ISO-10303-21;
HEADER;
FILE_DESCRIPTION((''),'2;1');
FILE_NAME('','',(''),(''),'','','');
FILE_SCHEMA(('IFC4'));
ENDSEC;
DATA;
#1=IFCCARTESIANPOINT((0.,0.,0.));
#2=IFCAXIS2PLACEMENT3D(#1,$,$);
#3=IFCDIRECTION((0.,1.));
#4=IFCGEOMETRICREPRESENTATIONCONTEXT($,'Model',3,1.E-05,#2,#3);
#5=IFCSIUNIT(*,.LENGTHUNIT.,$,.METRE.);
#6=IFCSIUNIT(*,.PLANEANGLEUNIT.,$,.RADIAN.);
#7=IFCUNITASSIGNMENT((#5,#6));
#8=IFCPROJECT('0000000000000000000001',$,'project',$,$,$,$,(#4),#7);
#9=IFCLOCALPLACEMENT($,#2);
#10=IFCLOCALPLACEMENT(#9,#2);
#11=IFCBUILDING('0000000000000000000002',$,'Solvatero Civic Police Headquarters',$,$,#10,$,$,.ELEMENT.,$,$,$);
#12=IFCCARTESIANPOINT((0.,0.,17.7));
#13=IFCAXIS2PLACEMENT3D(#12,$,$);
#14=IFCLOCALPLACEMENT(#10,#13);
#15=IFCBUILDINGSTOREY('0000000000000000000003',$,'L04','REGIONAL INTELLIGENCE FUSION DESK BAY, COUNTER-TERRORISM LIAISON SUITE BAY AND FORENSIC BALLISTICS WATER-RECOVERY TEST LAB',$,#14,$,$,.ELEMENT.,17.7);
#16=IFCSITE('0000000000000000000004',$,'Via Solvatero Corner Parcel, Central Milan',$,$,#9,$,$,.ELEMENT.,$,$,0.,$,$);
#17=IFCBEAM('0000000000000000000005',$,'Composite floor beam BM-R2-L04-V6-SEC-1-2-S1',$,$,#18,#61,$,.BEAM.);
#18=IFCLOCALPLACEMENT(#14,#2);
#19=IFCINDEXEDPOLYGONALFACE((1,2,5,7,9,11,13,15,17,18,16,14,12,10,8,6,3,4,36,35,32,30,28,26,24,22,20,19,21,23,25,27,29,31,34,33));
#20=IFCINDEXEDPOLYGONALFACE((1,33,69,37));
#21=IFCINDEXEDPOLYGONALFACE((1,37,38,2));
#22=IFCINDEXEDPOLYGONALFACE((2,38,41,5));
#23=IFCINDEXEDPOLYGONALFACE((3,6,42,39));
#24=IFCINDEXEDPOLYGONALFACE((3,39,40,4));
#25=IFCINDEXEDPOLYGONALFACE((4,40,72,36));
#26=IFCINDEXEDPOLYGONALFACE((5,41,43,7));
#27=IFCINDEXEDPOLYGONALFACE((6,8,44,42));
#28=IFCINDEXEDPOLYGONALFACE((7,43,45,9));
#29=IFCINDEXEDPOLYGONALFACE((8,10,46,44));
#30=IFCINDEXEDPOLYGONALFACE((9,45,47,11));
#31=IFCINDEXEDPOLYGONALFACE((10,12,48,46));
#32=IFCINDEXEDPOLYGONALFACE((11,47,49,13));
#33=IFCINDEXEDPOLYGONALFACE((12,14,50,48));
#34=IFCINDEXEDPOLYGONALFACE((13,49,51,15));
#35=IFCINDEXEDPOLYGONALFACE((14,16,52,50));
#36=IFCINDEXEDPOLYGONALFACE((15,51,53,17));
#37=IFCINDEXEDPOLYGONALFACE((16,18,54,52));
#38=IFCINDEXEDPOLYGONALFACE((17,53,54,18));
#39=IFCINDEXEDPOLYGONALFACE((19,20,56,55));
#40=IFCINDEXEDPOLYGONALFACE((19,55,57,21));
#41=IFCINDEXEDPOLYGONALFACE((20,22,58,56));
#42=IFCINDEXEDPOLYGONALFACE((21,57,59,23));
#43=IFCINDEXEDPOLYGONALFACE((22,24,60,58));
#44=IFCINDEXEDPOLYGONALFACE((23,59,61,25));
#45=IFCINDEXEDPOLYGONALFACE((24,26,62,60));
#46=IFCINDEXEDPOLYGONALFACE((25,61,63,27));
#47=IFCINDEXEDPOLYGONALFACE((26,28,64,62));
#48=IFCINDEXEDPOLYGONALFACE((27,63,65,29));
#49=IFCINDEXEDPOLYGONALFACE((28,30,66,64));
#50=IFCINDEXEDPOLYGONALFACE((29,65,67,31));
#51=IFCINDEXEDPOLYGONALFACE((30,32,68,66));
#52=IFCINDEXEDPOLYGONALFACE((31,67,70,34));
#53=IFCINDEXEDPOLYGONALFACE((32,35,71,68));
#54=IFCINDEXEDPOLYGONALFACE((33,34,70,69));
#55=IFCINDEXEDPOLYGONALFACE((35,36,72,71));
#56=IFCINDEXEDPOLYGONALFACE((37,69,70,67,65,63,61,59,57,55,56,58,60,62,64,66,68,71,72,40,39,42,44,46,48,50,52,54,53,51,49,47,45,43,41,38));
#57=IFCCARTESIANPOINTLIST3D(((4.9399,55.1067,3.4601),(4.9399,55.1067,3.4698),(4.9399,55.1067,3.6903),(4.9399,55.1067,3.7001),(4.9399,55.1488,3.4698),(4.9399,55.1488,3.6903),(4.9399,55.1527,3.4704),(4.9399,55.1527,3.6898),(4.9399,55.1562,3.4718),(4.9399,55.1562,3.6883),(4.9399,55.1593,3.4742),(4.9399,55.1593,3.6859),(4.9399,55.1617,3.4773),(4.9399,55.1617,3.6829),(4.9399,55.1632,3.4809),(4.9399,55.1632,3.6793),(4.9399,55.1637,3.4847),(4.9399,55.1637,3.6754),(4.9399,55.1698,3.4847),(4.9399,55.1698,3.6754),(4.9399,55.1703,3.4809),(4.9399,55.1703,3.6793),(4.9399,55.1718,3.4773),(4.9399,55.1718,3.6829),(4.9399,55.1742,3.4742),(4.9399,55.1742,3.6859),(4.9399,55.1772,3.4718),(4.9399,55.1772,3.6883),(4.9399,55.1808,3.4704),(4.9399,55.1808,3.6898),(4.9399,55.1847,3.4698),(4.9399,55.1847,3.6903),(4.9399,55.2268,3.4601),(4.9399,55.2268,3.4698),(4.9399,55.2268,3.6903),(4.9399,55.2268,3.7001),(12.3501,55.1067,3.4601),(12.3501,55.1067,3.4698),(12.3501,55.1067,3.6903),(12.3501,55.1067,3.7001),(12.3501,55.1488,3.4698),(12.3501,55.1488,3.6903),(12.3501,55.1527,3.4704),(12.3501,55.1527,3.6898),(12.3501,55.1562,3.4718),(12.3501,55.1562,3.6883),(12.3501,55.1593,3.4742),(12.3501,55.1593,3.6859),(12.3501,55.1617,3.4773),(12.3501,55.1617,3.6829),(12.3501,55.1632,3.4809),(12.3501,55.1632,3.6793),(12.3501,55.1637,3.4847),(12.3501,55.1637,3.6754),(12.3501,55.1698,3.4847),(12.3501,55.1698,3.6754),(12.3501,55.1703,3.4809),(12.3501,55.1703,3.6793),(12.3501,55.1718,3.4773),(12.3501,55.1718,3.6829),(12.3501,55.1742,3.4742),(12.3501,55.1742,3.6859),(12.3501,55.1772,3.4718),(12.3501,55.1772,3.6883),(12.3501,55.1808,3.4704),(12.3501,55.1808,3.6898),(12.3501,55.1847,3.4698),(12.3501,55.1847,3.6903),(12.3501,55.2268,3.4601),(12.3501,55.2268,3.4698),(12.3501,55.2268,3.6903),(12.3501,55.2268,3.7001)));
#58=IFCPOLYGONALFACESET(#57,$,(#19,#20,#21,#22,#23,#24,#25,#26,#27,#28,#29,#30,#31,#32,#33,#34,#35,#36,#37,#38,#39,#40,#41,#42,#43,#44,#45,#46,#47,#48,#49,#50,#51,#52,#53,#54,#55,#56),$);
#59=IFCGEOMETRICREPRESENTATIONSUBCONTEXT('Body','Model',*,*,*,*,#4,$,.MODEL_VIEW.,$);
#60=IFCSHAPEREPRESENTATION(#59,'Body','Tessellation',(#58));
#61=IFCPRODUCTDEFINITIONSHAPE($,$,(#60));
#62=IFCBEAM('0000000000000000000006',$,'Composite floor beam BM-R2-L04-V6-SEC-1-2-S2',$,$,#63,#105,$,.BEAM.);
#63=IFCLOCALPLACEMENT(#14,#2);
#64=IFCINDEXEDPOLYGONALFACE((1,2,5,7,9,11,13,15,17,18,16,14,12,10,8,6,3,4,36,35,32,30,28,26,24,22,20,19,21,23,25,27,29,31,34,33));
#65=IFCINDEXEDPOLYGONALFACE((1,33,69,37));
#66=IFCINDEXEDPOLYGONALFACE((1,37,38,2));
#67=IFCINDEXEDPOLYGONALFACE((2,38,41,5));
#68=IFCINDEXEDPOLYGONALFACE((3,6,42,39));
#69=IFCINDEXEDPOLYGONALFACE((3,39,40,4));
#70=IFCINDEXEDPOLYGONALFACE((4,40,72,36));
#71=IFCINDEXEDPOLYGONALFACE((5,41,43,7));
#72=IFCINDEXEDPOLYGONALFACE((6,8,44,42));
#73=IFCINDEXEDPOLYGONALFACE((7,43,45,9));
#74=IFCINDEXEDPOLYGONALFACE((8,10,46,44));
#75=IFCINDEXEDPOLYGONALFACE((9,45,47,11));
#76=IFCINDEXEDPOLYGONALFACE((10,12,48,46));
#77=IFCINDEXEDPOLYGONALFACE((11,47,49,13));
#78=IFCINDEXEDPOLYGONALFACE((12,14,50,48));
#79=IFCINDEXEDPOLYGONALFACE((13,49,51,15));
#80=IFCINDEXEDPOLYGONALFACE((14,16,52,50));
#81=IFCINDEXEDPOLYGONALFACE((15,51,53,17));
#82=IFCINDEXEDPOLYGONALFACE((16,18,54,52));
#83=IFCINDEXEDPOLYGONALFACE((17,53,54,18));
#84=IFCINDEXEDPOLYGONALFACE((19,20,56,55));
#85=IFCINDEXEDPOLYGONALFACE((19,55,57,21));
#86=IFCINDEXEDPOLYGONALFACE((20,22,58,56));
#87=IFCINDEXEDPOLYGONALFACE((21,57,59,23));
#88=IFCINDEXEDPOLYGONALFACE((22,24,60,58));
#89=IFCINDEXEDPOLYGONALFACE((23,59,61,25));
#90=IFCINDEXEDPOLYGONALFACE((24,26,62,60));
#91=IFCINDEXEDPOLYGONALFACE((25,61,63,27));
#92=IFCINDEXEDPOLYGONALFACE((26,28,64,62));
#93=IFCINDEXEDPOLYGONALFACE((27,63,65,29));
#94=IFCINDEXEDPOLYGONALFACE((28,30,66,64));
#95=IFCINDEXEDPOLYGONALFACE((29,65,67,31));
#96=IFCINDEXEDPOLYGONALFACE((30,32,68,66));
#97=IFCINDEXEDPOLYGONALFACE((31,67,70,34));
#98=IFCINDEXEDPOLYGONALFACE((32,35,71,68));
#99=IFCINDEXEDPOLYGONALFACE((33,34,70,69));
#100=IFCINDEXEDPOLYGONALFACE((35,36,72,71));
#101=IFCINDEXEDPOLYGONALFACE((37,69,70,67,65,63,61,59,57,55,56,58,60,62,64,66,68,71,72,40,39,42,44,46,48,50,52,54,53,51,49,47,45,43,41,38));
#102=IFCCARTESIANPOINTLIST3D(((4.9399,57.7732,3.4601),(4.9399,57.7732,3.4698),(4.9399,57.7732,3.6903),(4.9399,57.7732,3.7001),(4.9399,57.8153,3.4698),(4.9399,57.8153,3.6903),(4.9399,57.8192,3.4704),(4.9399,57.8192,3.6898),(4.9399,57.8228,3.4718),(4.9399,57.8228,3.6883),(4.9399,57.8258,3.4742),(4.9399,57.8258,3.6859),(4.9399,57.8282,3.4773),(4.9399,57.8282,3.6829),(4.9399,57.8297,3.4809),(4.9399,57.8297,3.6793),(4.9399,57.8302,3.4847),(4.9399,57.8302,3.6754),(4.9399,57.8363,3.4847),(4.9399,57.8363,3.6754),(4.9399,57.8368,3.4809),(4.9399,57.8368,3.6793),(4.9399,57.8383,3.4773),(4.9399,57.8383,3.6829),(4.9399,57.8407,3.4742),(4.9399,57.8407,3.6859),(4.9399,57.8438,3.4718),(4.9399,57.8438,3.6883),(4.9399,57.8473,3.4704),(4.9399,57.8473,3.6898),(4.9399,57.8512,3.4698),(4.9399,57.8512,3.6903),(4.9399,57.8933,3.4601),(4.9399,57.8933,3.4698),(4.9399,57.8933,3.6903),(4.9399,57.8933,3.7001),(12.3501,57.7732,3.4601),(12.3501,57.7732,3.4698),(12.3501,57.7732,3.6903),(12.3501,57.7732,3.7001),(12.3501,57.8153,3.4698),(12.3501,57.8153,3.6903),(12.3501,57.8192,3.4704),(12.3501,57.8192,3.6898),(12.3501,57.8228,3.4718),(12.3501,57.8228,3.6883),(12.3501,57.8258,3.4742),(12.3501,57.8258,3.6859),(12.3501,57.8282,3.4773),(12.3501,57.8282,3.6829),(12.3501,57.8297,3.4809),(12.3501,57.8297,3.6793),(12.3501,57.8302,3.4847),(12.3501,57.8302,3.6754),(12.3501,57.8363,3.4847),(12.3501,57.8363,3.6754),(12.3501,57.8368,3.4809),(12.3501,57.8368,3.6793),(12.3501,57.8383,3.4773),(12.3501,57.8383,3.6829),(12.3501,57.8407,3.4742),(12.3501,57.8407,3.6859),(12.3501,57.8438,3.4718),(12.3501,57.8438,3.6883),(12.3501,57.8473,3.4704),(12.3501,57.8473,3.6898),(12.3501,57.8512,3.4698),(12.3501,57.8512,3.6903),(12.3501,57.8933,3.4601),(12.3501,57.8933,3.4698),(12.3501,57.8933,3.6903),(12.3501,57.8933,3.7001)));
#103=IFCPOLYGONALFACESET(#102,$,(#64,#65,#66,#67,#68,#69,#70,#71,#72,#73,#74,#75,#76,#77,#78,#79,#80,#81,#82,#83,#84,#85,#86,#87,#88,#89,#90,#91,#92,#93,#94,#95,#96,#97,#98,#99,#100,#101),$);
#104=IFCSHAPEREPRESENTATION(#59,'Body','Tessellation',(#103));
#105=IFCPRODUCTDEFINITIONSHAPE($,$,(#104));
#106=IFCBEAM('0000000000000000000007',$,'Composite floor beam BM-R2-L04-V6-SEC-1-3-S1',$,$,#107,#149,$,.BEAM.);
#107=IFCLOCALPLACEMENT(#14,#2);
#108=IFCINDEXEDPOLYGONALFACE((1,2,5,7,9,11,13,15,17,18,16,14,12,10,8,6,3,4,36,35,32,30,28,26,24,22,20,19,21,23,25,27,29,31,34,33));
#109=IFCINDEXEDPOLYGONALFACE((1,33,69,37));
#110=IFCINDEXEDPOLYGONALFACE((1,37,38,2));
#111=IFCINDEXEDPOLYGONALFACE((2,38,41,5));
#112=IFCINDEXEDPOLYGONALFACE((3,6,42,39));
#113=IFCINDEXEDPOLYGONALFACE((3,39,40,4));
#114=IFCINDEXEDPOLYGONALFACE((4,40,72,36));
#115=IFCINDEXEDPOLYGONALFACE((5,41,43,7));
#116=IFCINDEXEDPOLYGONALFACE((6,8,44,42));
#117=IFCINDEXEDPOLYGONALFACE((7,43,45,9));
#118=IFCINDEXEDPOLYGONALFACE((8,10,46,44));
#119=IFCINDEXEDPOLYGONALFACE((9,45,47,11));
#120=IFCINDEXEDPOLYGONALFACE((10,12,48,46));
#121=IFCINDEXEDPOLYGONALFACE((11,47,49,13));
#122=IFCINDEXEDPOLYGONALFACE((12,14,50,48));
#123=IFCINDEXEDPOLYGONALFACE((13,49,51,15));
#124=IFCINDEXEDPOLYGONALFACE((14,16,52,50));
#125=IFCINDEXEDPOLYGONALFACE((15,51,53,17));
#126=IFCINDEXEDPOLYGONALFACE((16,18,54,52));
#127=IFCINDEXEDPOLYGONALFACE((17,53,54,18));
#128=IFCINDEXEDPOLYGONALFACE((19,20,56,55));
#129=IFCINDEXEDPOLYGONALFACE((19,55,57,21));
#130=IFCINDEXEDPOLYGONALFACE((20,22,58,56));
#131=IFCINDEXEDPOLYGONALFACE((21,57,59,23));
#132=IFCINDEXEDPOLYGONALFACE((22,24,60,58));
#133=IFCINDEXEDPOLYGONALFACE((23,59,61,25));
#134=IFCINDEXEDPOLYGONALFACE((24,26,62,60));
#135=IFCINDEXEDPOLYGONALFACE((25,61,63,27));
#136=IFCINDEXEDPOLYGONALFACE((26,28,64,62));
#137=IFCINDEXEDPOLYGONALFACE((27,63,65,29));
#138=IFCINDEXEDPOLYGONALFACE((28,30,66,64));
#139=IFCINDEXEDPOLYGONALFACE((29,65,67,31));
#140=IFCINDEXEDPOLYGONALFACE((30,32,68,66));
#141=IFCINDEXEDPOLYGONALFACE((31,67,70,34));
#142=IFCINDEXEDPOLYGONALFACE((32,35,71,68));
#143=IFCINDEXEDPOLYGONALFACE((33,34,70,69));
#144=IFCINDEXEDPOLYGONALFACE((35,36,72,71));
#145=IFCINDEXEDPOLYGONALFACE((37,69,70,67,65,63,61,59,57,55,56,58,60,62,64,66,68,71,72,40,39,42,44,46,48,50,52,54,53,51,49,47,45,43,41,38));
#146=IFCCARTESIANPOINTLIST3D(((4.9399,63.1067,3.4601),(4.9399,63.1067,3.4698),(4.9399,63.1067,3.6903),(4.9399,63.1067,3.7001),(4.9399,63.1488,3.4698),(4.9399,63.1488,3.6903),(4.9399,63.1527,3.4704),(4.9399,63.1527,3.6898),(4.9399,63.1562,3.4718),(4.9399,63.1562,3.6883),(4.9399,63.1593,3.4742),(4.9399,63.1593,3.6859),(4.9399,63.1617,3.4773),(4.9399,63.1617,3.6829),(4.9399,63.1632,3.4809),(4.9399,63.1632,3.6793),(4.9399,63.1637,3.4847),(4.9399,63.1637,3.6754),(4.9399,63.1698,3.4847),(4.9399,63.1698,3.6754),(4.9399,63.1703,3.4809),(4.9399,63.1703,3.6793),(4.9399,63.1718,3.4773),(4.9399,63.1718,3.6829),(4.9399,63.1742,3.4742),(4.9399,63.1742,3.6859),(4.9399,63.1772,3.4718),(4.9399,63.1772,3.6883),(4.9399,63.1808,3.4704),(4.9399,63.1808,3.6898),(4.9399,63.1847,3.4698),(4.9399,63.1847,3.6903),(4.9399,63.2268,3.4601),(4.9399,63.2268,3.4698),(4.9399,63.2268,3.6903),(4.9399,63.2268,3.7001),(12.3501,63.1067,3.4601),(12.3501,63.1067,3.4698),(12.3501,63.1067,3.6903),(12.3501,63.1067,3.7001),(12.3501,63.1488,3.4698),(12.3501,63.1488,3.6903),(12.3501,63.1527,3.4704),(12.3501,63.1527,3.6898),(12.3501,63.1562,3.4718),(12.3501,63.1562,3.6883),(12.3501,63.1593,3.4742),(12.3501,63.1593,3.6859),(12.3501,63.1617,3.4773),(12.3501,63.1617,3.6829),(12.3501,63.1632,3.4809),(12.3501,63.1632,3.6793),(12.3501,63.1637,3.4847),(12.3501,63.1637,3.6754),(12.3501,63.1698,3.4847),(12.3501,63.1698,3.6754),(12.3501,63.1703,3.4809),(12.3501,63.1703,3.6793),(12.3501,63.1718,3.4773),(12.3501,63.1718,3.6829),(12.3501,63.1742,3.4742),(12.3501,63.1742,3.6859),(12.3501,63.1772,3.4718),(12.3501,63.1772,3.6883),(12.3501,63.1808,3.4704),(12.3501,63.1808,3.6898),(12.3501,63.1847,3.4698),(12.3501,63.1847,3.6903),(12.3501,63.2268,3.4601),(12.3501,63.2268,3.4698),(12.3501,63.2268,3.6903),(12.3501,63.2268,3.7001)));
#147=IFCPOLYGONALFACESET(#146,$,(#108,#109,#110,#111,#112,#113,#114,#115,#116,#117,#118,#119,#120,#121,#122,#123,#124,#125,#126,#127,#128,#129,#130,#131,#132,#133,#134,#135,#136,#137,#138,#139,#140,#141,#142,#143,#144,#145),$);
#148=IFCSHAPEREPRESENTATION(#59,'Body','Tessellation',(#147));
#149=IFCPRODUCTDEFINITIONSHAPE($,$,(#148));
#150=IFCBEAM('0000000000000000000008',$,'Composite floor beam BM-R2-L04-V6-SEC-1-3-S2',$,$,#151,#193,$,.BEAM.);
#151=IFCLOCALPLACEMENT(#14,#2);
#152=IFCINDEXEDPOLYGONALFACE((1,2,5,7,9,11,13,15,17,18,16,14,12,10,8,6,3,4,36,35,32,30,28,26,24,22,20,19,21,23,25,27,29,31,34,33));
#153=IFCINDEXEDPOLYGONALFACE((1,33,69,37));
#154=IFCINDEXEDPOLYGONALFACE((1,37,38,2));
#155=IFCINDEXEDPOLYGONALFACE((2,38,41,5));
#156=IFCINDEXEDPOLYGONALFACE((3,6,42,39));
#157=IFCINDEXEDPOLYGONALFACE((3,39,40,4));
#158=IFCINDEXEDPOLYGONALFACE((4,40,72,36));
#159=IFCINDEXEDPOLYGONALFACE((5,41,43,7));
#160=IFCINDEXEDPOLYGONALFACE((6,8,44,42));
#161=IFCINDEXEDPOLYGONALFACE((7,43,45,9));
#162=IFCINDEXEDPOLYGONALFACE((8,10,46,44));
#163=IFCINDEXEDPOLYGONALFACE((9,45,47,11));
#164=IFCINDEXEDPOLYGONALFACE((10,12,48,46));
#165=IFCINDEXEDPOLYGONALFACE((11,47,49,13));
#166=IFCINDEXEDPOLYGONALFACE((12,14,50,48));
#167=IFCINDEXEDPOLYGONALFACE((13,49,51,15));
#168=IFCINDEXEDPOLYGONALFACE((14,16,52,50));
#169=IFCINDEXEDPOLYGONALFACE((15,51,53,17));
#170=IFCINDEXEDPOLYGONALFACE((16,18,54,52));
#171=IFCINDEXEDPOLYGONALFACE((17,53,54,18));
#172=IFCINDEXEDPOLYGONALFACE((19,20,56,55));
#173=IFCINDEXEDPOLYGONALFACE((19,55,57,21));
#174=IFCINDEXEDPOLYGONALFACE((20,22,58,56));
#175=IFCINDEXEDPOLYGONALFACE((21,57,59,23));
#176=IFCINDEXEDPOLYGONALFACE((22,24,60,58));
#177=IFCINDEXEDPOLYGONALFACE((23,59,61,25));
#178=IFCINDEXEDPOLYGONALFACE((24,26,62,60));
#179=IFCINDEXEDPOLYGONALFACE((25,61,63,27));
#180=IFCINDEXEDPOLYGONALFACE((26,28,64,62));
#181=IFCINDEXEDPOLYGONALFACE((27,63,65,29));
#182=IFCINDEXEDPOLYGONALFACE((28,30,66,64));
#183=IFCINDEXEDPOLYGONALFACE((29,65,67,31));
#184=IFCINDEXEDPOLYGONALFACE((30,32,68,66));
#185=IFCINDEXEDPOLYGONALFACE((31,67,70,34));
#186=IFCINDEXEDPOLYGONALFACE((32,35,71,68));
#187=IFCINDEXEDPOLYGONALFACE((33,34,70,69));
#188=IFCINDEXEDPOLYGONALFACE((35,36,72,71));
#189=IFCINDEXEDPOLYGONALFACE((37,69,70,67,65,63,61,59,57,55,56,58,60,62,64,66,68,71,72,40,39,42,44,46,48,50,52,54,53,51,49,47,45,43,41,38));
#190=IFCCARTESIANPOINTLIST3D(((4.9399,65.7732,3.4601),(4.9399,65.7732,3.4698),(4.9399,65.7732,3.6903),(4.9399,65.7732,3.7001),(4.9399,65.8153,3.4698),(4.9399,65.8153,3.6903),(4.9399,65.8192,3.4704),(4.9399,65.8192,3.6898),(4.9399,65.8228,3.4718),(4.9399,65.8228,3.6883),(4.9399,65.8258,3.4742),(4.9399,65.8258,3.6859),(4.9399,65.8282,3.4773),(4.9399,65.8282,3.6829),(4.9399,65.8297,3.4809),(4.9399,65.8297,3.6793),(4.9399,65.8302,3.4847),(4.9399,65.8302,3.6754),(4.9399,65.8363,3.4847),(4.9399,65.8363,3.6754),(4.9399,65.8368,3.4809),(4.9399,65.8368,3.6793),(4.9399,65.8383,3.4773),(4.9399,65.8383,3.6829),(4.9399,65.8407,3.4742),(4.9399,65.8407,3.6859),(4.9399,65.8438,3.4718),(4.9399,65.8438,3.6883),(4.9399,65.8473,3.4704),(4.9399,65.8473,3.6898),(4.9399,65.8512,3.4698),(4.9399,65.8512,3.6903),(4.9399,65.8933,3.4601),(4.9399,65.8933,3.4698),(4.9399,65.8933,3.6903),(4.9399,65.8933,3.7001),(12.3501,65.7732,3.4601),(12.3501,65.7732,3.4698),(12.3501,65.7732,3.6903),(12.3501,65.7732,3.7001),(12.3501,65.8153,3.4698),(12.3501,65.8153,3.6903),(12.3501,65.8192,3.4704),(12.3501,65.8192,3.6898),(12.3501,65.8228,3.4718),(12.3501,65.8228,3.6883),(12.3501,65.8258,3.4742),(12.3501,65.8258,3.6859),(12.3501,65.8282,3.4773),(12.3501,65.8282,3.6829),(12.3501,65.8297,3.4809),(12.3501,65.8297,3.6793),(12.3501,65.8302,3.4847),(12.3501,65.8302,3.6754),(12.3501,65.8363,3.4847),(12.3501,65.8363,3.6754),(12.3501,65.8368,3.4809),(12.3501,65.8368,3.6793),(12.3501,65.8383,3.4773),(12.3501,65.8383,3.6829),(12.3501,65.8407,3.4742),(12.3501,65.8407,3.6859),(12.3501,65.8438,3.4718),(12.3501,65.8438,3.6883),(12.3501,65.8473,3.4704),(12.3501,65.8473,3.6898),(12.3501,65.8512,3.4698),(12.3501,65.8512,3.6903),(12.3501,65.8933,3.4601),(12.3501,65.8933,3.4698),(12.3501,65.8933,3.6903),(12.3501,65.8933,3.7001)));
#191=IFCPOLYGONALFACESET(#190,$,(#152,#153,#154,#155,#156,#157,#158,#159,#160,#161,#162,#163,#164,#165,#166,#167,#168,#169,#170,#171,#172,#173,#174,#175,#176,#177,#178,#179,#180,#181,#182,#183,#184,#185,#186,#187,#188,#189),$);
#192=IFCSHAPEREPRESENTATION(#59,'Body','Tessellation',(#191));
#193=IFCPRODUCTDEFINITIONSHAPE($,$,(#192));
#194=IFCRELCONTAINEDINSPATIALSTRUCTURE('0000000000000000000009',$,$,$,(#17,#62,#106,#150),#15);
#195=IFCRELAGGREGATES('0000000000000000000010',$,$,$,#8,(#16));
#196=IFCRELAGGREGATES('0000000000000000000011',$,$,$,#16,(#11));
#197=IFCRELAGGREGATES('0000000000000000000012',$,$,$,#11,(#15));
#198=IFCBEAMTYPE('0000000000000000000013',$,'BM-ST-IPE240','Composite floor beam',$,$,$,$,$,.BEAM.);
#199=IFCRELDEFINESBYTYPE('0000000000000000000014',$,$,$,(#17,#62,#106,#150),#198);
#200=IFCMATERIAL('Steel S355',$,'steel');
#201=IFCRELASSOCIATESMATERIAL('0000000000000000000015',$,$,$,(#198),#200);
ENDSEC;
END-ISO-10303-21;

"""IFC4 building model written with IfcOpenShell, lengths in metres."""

from ifc_helpers import new_model, si_unit, direction, frame, origin, origin_2d, place, context, subcontext, project, spatial, i_section, extrude, material, material_profile, profile_set, type_object, element, save


model = new_model("IFC4")

# Units and contexts
model_context = context("Model", 3, precision=1e-05, world=origin(), true_north=direction((0.0, 1.0)))
body_context = subcontext(model_context, "Body", "Model", "MODEL_VIEW")
ifc_project = project(units=[si_unit("LENGTHUNIT", "METRE"), si_unit("PLANEANGLEUNIT", "RADIAN")], contexts=[model_context])

# Site, building, storey
site_placement = place(None, origin())
site = spatial("IfcSite", under=ifc_project, at=site_placement, Name="Via Solvatero Corner Parcel, Central Milan", CompositionType="ELEMENT", RefElevation=0.0)
building_placement = place(site_placement, origin())
building = spatial("IfcBuilding", under=site, at=building_placement, Name="Solvatero Civic Police Headquarters", CompositionType="ELEMENT")
storey_placement = place(building_placement, frame((0.0, 0.0, 17.7)))
storey = spatial("IfcBuildingStorey", under=building, at=storey_placement, Name="L04", Description="REGIONAL INTELLIGENCE FUSION DESK BAY, COUNTER-TERRORISM LIAISON SUITE BAY AND FORENSIC BALLISTICS WATER-RECOVERY TEST LAB", CompositionType="ELEMENT", Elevation=17.7)

# Shared definitions
ifc_material_1 = material(Name="Steel S355", Category="steel")

# Beams
ifc_material_profile_1 = material_profile(ifc_material_1, i_section(OverallWidth=0.1201, OverallDepth=0.24, WebThickness=0.0061, FlangeThickness=0.0098, FilletRadius=0.0149, at=origin_2d()), Name="IPE 240")
ifc_profile_set_1 = profile_set([ifc_material_profile_1], Name="Steel S355")
beam_type_1 = type_object("IfcBeamType", Name="BM-ST-IPE240", Description="Composite floor beam", PredefinedType="BEAM", material=ifc_profile_set_1)
for number, where, z_axis, x_axis, name in (
    (1, (4.9399, 55.1667, 3.5801), (1.0, 0.0, 0.0), (0.0, 1.0, 0.0), "Composite floor beam BM-R2-L04-V6-SEC-1-2-S1"),
    (2, (4.9399, 57.8333, 3.5801), (1.0, 0.0, 0.0), (0.0, 1.0, 0.0), "Composite floor beam BM-R2-L04-V6-SEC-1-2-S2"),
    (3, (4.9399, 63.1667, 3.5801), (1.0, 0.0, 0.0), (0.0, 1.0, 0.0), "Composite floor beam BM-R2-L04-V6-SEC-1-3-S1"),
    (4, (4.9399, 65.8333, 3.5801), (1.0, 0.0, 0.0), (0.0, 1.0, 0.0), "Composite floor beam BM-R2-L04-V6-SEC-1-3-S2"),
):
    element("IfcBeam", number, at=place(storey_placement, frame(where, z_axis=z_axis, x_axis=x_axis)), inside=storey, type_object=beam_type_1, Name=name, PredefinedType="BEAM", context=body_context, shape_type="SweptSolid", body=[
        extrude(i_section(OverallWidth=0.1201, OverallDepth=0.24, WebThickness=0.0061, FlangeThickness=0.0098, FilletRadius=0.0149, at=origin_2d()), origin(), (0.0, 0.0, 1.0), 7.4102),
    ])

save(model, "model.ifc")
